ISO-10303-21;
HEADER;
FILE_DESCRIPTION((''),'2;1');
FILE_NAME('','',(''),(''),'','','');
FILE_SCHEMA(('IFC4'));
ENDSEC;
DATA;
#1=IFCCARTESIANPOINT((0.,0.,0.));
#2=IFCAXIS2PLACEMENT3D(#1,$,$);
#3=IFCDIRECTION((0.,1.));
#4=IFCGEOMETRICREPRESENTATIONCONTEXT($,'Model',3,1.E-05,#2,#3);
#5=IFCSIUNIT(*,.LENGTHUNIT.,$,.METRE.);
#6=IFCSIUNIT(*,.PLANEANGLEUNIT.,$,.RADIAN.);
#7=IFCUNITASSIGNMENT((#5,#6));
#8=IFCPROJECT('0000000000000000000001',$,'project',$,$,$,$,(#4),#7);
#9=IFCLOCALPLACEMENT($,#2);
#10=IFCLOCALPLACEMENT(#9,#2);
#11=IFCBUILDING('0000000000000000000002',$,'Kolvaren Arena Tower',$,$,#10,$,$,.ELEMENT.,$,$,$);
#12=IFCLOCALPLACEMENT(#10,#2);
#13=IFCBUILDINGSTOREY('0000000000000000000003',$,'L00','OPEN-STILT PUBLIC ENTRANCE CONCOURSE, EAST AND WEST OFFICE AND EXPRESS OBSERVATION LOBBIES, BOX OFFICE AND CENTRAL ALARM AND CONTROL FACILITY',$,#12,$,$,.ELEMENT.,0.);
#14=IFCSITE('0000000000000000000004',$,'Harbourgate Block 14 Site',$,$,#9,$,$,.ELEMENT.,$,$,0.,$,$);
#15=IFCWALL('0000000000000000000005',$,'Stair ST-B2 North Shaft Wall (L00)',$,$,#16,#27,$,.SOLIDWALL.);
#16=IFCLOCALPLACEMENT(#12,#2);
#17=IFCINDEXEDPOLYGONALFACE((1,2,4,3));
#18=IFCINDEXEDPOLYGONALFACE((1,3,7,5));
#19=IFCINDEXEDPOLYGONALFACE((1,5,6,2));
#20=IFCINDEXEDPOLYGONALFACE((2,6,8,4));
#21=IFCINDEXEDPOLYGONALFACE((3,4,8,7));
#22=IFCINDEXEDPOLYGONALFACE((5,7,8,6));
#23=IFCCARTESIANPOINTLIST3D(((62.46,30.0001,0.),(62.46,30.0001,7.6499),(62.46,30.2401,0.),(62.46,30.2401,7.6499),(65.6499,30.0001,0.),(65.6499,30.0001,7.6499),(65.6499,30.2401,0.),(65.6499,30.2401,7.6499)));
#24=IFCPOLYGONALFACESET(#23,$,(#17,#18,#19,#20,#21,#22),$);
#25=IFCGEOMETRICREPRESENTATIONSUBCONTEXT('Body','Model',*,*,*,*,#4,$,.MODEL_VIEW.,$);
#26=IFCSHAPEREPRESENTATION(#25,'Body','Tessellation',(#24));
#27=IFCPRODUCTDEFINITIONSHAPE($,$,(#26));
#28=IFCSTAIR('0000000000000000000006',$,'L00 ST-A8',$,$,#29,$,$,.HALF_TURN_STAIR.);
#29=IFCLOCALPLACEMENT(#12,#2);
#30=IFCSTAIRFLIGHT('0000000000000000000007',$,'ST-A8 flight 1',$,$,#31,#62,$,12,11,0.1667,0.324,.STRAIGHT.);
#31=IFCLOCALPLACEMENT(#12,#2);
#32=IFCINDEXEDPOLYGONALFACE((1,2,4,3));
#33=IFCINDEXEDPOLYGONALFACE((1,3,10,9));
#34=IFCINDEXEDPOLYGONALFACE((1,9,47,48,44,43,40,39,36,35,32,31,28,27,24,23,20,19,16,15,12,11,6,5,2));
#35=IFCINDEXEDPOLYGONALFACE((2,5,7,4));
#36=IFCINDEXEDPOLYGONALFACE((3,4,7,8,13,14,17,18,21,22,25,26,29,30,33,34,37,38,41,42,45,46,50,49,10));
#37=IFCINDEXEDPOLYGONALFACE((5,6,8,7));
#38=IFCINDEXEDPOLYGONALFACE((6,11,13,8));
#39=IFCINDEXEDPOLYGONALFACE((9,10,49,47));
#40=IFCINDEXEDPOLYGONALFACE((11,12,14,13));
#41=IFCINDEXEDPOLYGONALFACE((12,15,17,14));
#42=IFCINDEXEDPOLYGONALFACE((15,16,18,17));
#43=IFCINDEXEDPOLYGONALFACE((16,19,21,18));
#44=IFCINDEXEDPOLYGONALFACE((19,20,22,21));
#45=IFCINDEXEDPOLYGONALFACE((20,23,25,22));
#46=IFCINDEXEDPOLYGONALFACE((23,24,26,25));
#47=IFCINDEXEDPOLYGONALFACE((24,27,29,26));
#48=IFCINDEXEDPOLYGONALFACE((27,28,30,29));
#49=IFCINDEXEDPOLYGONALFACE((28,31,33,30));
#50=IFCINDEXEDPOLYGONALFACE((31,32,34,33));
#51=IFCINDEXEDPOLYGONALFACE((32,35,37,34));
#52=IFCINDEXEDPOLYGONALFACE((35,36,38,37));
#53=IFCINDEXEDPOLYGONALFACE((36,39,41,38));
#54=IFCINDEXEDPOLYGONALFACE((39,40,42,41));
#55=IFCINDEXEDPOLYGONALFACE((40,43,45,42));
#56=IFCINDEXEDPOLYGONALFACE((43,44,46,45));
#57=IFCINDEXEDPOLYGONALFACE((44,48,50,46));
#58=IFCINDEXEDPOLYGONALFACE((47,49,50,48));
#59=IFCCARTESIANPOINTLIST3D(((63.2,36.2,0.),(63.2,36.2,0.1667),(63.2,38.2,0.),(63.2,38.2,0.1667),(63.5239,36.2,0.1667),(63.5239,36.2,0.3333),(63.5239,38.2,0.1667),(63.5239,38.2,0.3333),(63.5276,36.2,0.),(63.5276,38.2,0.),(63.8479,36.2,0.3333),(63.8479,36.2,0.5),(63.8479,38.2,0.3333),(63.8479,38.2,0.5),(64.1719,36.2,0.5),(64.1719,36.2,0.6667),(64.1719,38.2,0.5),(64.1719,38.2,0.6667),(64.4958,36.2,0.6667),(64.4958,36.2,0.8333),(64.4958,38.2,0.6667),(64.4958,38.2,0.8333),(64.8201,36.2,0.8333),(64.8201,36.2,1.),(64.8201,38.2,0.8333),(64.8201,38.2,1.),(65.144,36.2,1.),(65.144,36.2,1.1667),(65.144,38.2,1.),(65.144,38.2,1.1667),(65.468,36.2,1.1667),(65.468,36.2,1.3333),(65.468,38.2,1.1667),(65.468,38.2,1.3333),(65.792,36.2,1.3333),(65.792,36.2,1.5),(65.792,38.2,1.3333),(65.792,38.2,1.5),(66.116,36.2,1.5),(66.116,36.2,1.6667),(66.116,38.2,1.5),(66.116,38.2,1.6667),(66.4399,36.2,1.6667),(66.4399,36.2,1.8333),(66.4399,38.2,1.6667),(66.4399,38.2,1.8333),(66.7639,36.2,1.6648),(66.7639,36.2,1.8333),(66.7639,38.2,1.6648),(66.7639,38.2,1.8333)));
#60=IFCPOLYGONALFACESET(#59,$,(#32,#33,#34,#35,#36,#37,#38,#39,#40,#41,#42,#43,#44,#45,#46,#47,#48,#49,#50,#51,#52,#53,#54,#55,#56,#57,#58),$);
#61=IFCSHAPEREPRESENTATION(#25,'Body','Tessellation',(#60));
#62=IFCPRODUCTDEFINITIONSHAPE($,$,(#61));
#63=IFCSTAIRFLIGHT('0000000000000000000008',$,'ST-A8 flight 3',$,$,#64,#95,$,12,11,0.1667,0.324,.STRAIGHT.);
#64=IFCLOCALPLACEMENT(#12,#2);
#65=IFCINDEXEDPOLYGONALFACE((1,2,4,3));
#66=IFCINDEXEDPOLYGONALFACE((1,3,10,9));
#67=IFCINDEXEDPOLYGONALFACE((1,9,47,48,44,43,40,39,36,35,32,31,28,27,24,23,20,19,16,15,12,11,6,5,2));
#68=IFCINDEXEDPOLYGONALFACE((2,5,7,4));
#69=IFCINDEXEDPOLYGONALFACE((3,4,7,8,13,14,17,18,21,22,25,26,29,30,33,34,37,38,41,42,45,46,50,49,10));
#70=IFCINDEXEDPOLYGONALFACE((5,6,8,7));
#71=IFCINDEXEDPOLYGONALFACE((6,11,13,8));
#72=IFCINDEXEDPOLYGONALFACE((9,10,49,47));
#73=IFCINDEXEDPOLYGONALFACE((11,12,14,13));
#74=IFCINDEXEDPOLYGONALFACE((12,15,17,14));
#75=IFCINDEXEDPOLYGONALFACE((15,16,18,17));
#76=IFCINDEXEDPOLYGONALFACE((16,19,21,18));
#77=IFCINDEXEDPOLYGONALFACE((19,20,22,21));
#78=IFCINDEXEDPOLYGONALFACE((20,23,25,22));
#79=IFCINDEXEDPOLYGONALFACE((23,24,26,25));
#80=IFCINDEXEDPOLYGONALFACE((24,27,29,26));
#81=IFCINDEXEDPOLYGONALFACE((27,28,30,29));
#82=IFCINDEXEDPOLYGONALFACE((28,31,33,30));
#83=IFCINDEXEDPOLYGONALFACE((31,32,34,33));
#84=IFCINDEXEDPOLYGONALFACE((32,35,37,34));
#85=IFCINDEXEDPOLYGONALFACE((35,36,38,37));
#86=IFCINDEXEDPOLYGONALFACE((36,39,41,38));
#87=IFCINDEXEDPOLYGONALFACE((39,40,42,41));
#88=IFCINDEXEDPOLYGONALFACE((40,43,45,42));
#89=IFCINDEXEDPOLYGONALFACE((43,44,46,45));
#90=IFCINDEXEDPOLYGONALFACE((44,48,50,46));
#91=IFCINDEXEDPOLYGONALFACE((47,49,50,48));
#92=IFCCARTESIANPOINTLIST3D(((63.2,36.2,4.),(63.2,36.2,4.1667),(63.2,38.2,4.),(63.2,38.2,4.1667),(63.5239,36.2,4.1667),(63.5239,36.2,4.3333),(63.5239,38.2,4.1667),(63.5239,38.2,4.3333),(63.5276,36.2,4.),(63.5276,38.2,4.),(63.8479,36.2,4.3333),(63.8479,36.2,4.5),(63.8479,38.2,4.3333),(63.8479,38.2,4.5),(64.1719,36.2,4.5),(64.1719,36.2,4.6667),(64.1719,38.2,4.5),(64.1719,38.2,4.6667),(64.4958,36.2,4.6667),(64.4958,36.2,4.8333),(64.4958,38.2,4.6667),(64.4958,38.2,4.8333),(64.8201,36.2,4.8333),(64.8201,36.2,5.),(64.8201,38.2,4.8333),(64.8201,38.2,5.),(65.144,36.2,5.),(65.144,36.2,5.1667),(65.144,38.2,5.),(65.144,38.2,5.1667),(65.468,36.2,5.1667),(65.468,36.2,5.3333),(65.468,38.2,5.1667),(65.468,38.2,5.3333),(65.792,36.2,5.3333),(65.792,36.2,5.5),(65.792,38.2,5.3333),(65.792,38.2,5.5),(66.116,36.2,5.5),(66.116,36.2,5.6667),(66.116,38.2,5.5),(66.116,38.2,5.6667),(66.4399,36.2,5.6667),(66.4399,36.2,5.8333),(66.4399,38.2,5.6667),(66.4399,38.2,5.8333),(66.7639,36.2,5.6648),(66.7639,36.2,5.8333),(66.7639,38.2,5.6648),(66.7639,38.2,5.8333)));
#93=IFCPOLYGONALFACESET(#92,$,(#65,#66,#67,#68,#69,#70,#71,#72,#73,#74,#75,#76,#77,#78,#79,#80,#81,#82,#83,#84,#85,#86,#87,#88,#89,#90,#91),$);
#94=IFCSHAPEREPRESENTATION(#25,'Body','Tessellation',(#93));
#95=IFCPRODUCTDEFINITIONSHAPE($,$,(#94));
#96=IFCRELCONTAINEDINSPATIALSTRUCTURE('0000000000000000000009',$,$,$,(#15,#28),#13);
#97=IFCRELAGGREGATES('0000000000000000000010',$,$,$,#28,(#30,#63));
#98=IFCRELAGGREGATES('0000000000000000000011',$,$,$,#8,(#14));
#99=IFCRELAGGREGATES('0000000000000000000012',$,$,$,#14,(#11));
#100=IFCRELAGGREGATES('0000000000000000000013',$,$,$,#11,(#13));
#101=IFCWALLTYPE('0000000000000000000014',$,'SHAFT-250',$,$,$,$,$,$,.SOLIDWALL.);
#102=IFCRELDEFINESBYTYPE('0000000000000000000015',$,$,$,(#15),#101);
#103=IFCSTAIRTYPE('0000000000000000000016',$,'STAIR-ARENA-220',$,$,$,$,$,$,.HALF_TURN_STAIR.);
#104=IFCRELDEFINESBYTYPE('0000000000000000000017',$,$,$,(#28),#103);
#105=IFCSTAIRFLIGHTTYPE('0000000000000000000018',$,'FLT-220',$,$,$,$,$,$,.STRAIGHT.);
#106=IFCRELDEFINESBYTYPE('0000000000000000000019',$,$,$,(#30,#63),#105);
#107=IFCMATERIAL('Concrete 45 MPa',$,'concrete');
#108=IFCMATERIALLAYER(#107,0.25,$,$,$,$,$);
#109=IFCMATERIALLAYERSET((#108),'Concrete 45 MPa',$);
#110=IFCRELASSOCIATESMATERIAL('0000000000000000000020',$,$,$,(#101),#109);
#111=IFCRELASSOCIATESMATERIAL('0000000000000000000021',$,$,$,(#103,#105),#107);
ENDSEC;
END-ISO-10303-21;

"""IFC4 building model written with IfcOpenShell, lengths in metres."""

from ifc_helpers import new_model, si_unit, direction, frame, frame_2d, origin, place, context, subcontext, project, spatial, polyline, rectangle, outline, extrude, material, layer, layer_set, type_object, element, aggregate, save


model = new_model("IFC4")

# Units and contexts
model_context = context("Model", 3, precision=1e-05, world=origin(), true_north=direction((0.0, 1.0)))
body_context = subcontext(model_context, "Body", "Model", "MODEL_VIEW")
ifc_project = project(units=[si_unit("LENGTHUNIT", "METRE"), si_unit("PLANEANGLEUNIT", "RADIAN")], contexts=[model_context])

# Site, building, storey
site_placement = place(None, origin())
site = spatial("IfcSite", under=ifc_project, at=site_placement, Name="Harbourgate Block 14 Site", CompositionType="ELEMENT", RefElevation=0.0)
building_placement = place(site_placement, origin())
building = spatial("IfcBuilding", under=site, at=building_placement, Name="Kolvaren Arena Tower", CompositionType="ELEMENT")
storey_placement = place(building_placement, origin())
storey = spatial("IfcBuildingStorey", under=building, at=storey_placement, Name="L00", Description="OPEN-STILT PUBLIC ENTRANCE CONCOURSE, EAST AND WEST OFFICE AND EXPRESS OBSERVATION LOBBIES, BOX OFFICE AND CENTRAL ALARM AND CONTROL FACILITY", CompositionType="ELEMENT", Elevation=0.0)

# Shared definitions
ifc_material_1 = material(Name="Concrete 45 MPa", Category="concrete")
ifc_layer_1 = layer(ifc_material_1, 0.25)
ifc_layer_set_1 = layer_set([ifc_layer_1], Name="Concrete 45 MPa")
wall_type = type_object("IfcWallType", Name="SHAFT-250", PredefinedType="SOLIDWALL", material=ifc_layer_set_1)

# Wall
wall_1_placement = place(storey_placement, frame((62.46, 30.1201, 0.0), z_axis=(0.0, 0.0, 1.0), x_axis=(1.0, 0.0, 0.0)))
element("IfcWall", 1, at=wall_1_placement, inside=storey, type_object=wall_type, Name="Stair ST-B2 North Shaft Wall (L00)", PredefinedType="SOLIDWALL", context=body_context, shape_type="SweptSolid", body=[
    extrude(rectangle(XDim=3.1899, YDim=0.24, at=frame_2d((1.595, 0.0))), origin(), (0.0, 0.0, 1.0), 7.6499),
])

# Stair, stair flights
stair_type = type_object("IfcStairType", Name="STAIR-ARENA-220", PredefinedType="HALF_TURN_STAIR", material=ifc_material_1)
stair_placement = place(storey_placement, origin())
stair = element("IfcStair", 2, at=stair_placement, inside=storey, type_object=stair_type, Name="L00 ST-A8", PredefinedType="HALF_TURN_STAIR")
stair_flight_type = type_object("IfcStairFlightType", Name="FLT-220", PredefinedType="STRAIGHT", material=ifc_material_1)
stair_flight_1_placement = place(storey_placement, frame((63.2, 37.2, 0.0), z_axis=(0.0, 0.0, 1.0), x_axis=(1.0, 0.0, 0.0)))
stair_flight_1 = element("IfcStairFlight", 3, at=stair_flight_1_placement, type_object=stair_flight_type, Name="ST-A8 flight 1", NumberOfRisers=12, NumberOfTreads=11, PredefinedType="STRAIGHT", RiserHeight=0.1667, TreadLength=0.324, context=body_context, shape_type="SweptSolid", body=[
    extrude(outline(polyline([(0.0, 0.0), (0.0, 0.1667), (0.324, 0.1667), (0.324, 0.3333), (0.6479, 0.3333), (0.6479, 0.5), (0.9719, 0.5), (0.9719, 0.6667), (1.2959, 0.6667), (1.2959, 0.8333), (1.6201, 0.8333), (1.6201, 1.0), (1.9441, 1.0), (1.9441, 1.1667), (2.2681, 1.1667), (2.2681, 1.3333), (2.592, 1.3333), (2.592, 1.5), (2.916, 1.5), (2.916, 1.6667), (3.24, 1.6667), (3.24, 1.8333), (3.564, 1.8333), (3.564, 2.0), (3.564, 1.6648), (0.3276, 0.0), (0.0, 0.0)])), frame((0.0, 1.0, 0.0), z_axis=(0.0, -1.0, 0.0), x_axis=(1.0, 0.0, 0.0)), (0.0, 0.0, 1.0), 2.0),
])
stair_flight_2_placement = place(storey_placement, frame((63.2, 37.2, 4.0), z_axis=(0.0, 0.0, 1.0), x_axis=(1.0, 0.0, 0.0)))
stair_flight_2 = element("IfcStairFlight", 4, at=stair_flight_2_placement, type_object=stair_flight_type, Name="ST-A8 flight 3", NumberOfRisers=12, NumberOfTreads=11, PredefinedType="STRAIGHT", RiserHeight=0.1667, TreadLength=0.324, context=body_context, shape_type="SweptSolid", body=[
    extrude(outline(polyline([(0.0, 0.0), (0.0, 0.1667), (0.324, 0.1667), (0.324, 0.3333), (0.6479, 0.3333), (0.6479, 0.5), (0.9719, 0.5), (0.9719, 0.6667), (1.2959, 0.6667), (1.2959, 0.8333), (1.6201, 0.8333), (1.6201, 1.0), (1.9441, 1.0), (1.9441, 1.1667), (2.2681, 1.1667), (2.2681, 1.3333), (2.592, 1.3333), (2.592, 1.5), (2.916, 1.5), (2.916, 1.6667), (3.24, 1.6667), (3.24, 1.8333), (3.564, 1.8333), (3.564, 2.0), (3.564, 1.6648), (0.3276, 0.0), (0.0, 0.0)])), frame((0.0, 1.0, 0.0), z_axis=(0.0, -1.0, 0.0), x_axis=(1.0, 0.0, 0.0)), (0.0, 0.0, 1.0), 2.0),
])
aggregate(stair, [stair_flight_1, stair_flight_2])

save(model, "model.ifc")
